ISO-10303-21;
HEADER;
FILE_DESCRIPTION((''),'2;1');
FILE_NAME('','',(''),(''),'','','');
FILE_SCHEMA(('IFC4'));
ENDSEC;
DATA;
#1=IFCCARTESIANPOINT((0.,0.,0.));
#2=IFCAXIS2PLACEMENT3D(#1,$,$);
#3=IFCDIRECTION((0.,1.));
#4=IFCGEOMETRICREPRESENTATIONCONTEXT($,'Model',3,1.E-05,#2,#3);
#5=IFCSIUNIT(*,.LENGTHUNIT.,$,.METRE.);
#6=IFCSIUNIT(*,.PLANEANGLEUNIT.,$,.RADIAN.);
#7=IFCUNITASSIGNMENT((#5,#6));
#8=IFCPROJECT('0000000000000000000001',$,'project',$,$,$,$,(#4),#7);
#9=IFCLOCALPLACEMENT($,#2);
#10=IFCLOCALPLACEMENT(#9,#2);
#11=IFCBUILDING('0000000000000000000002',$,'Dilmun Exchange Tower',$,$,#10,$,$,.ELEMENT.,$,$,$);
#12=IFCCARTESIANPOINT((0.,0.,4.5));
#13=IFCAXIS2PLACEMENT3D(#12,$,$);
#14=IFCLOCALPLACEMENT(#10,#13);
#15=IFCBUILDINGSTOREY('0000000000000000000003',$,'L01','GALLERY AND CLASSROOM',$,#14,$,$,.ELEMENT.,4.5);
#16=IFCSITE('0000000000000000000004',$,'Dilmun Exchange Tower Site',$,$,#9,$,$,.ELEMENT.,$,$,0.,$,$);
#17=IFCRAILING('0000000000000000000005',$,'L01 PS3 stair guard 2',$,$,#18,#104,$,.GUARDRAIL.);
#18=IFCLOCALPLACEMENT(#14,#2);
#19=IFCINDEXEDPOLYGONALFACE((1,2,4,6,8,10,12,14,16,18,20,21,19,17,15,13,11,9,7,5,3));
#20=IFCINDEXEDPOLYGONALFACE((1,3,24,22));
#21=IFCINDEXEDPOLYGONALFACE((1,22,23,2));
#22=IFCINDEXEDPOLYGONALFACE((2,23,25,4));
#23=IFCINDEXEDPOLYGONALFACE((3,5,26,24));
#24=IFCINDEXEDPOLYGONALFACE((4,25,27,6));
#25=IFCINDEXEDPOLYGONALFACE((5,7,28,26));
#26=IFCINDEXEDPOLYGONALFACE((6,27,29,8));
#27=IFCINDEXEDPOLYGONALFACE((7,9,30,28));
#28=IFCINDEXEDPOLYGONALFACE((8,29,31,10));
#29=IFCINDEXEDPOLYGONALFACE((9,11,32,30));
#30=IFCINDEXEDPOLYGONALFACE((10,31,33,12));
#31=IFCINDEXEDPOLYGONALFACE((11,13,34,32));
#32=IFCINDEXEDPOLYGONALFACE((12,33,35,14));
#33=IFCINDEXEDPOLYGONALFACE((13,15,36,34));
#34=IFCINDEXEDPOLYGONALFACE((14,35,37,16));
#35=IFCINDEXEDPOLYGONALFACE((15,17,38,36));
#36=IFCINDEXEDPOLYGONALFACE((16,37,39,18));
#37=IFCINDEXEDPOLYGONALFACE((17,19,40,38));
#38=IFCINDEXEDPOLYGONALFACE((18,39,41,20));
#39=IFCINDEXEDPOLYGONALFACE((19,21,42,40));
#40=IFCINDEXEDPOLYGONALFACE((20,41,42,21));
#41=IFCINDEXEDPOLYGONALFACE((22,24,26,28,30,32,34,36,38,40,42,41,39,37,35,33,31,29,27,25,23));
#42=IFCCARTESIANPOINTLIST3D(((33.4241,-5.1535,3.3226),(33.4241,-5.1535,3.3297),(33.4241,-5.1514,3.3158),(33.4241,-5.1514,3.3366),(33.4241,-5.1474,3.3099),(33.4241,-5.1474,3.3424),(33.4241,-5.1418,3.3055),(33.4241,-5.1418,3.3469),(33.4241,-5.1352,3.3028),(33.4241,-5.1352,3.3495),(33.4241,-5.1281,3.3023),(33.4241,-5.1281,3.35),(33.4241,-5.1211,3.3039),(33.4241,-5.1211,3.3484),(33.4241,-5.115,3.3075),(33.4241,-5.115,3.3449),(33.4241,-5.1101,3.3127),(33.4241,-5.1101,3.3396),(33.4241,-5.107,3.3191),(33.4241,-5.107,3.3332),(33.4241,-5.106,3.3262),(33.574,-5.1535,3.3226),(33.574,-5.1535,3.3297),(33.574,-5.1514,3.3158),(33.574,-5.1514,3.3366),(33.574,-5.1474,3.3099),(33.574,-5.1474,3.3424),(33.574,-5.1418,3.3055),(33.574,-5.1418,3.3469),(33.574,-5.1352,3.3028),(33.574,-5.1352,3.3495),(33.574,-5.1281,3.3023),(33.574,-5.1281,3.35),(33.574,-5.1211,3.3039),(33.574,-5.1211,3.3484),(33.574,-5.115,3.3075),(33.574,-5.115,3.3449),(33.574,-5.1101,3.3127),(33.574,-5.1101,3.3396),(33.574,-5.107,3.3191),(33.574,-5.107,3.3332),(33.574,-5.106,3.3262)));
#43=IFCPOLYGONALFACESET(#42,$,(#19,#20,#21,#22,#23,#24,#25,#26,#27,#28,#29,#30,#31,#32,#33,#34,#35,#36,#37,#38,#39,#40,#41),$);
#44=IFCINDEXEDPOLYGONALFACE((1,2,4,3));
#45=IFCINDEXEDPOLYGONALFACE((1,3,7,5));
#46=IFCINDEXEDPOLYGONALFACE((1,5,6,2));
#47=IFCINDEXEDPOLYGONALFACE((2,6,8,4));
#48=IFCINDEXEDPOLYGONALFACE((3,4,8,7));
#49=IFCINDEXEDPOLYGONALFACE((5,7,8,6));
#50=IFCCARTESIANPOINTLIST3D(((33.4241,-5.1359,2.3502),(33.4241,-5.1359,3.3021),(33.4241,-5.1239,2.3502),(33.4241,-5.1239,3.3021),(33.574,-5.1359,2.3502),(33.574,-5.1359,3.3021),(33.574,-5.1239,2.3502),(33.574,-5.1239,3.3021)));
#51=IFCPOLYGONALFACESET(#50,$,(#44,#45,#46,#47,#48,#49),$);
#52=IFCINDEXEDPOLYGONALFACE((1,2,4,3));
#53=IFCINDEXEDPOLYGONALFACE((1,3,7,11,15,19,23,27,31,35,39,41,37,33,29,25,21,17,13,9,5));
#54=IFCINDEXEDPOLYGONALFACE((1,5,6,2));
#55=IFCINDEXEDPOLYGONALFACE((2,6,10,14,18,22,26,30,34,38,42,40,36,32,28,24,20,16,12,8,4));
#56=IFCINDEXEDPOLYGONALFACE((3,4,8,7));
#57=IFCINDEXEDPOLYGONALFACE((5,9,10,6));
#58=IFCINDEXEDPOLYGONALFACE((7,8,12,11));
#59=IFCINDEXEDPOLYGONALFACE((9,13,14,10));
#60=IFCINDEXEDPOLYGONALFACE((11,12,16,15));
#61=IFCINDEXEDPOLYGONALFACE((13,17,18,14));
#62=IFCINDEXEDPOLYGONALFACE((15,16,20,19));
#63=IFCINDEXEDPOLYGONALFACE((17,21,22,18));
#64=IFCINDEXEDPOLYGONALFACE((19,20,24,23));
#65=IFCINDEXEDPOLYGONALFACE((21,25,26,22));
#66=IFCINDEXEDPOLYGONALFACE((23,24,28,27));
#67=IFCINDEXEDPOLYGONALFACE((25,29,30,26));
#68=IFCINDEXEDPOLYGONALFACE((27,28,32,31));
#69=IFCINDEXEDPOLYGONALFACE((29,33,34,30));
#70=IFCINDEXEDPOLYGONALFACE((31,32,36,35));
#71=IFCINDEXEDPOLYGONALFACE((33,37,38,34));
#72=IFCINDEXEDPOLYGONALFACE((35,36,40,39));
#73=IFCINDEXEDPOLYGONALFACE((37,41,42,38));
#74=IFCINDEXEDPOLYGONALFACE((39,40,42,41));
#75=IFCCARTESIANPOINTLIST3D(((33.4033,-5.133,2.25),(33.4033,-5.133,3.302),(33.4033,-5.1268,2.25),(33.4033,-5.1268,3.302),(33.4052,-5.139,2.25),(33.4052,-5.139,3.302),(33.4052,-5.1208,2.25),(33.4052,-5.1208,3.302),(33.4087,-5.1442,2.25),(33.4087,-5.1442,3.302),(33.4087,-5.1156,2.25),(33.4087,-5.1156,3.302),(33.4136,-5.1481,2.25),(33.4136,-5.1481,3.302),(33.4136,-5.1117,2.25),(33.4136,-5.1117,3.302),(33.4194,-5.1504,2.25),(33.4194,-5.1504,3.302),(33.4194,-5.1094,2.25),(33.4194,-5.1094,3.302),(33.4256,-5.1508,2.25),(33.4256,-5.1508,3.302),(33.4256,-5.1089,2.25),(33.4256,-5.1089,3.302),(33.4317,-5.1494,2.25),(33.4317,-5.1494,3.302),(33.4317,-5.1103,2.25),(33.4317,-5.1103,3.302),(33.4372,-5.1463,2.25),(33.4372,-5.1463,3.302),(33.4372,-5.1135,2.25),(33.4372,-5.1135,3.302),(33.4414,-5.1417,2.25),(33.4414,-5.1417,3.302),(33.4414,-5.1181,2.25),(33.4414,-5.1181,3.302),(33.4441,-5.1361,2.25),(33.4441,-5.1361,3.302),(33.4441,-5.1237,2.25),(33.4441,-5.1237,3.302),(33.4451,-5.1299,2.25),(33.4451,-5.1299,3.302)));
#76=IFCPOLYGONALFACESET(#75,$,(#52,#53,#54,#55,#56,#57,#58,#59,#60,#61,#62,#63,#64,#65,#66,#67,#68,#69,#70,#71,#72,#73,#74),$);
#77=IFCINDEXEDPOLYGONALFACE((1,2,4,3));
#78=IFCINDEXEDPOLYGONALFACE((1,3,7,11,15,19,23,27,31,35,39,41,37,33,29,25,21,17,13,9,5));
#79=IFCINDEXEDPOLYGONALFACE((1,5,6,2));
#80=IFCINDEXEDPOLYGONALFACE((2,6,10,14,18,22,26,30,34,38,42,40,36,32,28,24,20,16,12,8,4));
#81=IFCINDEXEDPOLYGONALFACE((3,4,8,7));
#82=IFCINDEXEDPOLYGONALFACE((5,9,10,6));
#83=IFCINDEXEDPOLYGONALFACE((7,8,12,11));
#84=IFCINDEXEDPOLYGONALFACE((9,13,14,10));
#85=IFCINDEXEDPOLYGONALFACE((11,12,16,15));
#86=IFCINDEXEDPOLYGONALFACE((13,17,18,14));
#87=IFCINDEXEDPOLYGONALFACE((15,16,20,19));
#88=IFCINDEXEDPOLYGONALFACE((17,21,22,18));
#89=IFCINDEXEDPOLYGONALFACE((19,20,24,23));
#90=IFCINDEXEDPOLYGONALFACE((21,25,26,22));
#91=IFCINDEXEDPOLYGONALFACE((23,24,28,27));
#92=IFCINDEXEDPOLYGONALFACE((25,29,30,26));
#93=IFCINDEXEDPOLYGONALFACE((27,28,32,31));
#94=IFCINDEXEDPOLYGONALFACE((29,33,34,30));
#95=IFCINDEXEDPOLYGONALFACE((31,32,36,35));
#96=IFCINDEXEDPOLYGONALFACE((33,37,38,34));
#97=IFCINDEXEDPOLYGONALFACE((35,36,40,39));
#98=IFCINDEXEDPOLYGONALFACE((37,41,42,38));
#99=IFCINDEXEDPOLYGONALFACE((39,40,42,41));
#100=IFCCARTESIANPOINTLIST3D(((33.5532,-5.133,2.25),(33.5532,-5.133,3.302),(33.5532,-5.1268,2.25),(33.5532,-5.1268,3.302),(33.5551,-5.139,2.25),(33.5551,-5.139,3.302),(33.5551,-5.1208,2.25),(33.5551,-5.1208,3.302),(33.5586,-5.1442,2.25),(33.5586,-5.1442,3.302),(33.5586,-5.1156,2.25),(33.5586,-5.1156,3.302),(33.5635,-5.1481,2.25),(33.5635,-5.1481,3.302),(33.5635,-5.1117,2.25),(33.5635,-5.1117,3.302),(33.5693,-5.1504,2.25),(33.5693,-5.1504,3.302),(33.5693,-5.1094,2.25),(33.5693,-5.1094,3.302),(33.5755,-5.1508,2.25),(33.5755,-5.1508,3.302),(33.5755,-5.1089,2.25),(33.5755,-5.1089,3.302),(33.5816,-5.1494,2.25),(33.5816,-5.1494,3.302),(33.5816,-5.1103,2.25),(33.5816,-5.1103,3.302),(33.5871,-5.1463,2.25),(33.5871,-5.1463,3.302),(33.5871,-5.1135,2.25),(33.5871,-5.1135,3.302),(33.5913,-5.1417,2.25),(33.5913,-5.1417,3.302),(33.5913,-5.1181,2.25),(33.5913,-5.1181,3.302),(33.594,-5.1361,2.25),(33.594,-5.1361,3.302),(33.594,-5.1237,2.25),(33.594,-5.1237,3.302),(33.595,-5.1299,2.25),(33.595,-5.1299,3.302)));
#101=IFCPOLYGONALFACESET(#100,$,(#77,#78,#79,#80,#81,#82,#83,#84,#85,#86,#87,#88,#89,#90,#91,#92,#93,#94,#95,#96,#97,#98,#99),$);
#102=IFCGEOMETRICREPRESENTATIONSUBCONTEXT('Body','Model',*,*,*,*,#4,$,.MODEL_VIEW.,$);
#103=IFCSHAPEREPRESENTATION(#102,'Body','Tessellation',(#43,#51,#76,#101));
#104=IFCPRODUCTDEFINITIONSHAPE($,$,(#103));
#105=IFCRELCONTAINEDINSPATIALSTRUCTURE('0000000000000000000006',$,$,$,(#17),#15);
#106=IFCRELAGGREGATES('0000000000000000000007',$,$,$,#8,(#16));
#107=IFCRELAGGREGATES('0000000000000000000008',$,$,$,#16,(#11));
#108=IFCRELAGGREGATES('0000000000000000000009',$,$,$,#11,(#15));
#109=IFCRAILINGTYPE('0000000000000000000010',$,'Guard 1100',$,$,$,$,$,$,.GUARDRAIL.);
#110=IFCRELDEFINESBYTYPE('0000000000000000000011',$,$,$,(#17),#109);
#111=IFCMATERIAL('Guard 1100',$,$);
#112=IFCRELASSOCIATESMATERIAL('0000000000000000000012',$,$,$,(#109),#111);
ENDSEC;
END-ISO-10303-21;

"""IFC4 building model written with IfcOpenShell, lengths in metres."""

from ifc_helpers import new_model, si_unit, direction, frame, origin, origin_2d, place, context, subcontext, project, spatial, rectangle, circle, extrude, material, type_object, element, save


model = new_model("IFC4")

# Units and contexts
model_context = context("Model", 3, precision=1e-05, world=origin(), true_north=direction((0.0, 1.0)))
body_context = subcontext(model_context, "Body", "Model", "MODEL_VIEW")
ifc_project = project(units=[si_unit("LENGTHUNIT", "METRE"), si_unit("PLANEANGLEUNIT", "RADIAN")], contexts=[model_context])

# Site, building, storey
site_placement = place(None, origin())
site = spatial("IfcSite", under=ifc_project, at=site_placement, Name="Dilmun Exchange Tower Site", CompositionType="ELEMENT", RefElevation=0.0)
building_placement = place(site_placement, origin())
building = spatial("IfcBuilding", under=site, at=building_placement, Name="Dilmun Exchange Tower", CompositionType="ELEMENT")
storey_placement = place(building_placement, frame((0.0, 0.0, 4.5)))
storey = spatial("IfcBuildingStorey", under=building, at=storey_placement, Name="L01", Description="GALLERY AND CLASSROOM", CompositionType="ELEMENT", Elevation=4.5)

# Railing
ifc_material_1 = material(Name="Guard 1100")
railing_type_1 = type_object("IfcRailingType", Name="Guard 1100", PredefinedType="GUARDRAIL", material=ifc_material_1)
railing_1_placement = place(storey_placement, frame((33.4241, -5.1299, 2.25)))
element("IfcRailing", 1, at=railing_1_placement, inside=storey, type_object=railing_type_1, Name="L01 PS3 stair guard 2", PredefinedType="GUARDRAIL", context=body_context, shape_type="SweptSolid", body=[
    extrude(circle(Radius=0.0239, at=origin_2d()), frame((0.0, 0.0, 1.0762), z_axis=(1.0, 0.0, 0.0), x_axis=(0.0, 1.0, 0.0)), (0.0, 0.0, 1.0), 0.1499),
    extrude(rectangle(XDim=0.012, YDim=0.9519, at=origin_2d()), frame((0.0, 0.0, 0.5762), z_axis=(1.0, 0.0, 0.0), x_axis=(0.0, 1.0, 0.0)), (0.0, 0.0, 1.0), 0.1499),
    extrude(circle(Radius=0.021, at=origin_2d()), origin(), (0.0, 0.0, 1.0), 1.052),
    extrude(circle(Radius=0.021, at=origin_2d()), frame((0.1499, 0.0, 0.0)), (0.0, 0.0, 1.0), 1.052),
])

save(model, "model.ifc")
